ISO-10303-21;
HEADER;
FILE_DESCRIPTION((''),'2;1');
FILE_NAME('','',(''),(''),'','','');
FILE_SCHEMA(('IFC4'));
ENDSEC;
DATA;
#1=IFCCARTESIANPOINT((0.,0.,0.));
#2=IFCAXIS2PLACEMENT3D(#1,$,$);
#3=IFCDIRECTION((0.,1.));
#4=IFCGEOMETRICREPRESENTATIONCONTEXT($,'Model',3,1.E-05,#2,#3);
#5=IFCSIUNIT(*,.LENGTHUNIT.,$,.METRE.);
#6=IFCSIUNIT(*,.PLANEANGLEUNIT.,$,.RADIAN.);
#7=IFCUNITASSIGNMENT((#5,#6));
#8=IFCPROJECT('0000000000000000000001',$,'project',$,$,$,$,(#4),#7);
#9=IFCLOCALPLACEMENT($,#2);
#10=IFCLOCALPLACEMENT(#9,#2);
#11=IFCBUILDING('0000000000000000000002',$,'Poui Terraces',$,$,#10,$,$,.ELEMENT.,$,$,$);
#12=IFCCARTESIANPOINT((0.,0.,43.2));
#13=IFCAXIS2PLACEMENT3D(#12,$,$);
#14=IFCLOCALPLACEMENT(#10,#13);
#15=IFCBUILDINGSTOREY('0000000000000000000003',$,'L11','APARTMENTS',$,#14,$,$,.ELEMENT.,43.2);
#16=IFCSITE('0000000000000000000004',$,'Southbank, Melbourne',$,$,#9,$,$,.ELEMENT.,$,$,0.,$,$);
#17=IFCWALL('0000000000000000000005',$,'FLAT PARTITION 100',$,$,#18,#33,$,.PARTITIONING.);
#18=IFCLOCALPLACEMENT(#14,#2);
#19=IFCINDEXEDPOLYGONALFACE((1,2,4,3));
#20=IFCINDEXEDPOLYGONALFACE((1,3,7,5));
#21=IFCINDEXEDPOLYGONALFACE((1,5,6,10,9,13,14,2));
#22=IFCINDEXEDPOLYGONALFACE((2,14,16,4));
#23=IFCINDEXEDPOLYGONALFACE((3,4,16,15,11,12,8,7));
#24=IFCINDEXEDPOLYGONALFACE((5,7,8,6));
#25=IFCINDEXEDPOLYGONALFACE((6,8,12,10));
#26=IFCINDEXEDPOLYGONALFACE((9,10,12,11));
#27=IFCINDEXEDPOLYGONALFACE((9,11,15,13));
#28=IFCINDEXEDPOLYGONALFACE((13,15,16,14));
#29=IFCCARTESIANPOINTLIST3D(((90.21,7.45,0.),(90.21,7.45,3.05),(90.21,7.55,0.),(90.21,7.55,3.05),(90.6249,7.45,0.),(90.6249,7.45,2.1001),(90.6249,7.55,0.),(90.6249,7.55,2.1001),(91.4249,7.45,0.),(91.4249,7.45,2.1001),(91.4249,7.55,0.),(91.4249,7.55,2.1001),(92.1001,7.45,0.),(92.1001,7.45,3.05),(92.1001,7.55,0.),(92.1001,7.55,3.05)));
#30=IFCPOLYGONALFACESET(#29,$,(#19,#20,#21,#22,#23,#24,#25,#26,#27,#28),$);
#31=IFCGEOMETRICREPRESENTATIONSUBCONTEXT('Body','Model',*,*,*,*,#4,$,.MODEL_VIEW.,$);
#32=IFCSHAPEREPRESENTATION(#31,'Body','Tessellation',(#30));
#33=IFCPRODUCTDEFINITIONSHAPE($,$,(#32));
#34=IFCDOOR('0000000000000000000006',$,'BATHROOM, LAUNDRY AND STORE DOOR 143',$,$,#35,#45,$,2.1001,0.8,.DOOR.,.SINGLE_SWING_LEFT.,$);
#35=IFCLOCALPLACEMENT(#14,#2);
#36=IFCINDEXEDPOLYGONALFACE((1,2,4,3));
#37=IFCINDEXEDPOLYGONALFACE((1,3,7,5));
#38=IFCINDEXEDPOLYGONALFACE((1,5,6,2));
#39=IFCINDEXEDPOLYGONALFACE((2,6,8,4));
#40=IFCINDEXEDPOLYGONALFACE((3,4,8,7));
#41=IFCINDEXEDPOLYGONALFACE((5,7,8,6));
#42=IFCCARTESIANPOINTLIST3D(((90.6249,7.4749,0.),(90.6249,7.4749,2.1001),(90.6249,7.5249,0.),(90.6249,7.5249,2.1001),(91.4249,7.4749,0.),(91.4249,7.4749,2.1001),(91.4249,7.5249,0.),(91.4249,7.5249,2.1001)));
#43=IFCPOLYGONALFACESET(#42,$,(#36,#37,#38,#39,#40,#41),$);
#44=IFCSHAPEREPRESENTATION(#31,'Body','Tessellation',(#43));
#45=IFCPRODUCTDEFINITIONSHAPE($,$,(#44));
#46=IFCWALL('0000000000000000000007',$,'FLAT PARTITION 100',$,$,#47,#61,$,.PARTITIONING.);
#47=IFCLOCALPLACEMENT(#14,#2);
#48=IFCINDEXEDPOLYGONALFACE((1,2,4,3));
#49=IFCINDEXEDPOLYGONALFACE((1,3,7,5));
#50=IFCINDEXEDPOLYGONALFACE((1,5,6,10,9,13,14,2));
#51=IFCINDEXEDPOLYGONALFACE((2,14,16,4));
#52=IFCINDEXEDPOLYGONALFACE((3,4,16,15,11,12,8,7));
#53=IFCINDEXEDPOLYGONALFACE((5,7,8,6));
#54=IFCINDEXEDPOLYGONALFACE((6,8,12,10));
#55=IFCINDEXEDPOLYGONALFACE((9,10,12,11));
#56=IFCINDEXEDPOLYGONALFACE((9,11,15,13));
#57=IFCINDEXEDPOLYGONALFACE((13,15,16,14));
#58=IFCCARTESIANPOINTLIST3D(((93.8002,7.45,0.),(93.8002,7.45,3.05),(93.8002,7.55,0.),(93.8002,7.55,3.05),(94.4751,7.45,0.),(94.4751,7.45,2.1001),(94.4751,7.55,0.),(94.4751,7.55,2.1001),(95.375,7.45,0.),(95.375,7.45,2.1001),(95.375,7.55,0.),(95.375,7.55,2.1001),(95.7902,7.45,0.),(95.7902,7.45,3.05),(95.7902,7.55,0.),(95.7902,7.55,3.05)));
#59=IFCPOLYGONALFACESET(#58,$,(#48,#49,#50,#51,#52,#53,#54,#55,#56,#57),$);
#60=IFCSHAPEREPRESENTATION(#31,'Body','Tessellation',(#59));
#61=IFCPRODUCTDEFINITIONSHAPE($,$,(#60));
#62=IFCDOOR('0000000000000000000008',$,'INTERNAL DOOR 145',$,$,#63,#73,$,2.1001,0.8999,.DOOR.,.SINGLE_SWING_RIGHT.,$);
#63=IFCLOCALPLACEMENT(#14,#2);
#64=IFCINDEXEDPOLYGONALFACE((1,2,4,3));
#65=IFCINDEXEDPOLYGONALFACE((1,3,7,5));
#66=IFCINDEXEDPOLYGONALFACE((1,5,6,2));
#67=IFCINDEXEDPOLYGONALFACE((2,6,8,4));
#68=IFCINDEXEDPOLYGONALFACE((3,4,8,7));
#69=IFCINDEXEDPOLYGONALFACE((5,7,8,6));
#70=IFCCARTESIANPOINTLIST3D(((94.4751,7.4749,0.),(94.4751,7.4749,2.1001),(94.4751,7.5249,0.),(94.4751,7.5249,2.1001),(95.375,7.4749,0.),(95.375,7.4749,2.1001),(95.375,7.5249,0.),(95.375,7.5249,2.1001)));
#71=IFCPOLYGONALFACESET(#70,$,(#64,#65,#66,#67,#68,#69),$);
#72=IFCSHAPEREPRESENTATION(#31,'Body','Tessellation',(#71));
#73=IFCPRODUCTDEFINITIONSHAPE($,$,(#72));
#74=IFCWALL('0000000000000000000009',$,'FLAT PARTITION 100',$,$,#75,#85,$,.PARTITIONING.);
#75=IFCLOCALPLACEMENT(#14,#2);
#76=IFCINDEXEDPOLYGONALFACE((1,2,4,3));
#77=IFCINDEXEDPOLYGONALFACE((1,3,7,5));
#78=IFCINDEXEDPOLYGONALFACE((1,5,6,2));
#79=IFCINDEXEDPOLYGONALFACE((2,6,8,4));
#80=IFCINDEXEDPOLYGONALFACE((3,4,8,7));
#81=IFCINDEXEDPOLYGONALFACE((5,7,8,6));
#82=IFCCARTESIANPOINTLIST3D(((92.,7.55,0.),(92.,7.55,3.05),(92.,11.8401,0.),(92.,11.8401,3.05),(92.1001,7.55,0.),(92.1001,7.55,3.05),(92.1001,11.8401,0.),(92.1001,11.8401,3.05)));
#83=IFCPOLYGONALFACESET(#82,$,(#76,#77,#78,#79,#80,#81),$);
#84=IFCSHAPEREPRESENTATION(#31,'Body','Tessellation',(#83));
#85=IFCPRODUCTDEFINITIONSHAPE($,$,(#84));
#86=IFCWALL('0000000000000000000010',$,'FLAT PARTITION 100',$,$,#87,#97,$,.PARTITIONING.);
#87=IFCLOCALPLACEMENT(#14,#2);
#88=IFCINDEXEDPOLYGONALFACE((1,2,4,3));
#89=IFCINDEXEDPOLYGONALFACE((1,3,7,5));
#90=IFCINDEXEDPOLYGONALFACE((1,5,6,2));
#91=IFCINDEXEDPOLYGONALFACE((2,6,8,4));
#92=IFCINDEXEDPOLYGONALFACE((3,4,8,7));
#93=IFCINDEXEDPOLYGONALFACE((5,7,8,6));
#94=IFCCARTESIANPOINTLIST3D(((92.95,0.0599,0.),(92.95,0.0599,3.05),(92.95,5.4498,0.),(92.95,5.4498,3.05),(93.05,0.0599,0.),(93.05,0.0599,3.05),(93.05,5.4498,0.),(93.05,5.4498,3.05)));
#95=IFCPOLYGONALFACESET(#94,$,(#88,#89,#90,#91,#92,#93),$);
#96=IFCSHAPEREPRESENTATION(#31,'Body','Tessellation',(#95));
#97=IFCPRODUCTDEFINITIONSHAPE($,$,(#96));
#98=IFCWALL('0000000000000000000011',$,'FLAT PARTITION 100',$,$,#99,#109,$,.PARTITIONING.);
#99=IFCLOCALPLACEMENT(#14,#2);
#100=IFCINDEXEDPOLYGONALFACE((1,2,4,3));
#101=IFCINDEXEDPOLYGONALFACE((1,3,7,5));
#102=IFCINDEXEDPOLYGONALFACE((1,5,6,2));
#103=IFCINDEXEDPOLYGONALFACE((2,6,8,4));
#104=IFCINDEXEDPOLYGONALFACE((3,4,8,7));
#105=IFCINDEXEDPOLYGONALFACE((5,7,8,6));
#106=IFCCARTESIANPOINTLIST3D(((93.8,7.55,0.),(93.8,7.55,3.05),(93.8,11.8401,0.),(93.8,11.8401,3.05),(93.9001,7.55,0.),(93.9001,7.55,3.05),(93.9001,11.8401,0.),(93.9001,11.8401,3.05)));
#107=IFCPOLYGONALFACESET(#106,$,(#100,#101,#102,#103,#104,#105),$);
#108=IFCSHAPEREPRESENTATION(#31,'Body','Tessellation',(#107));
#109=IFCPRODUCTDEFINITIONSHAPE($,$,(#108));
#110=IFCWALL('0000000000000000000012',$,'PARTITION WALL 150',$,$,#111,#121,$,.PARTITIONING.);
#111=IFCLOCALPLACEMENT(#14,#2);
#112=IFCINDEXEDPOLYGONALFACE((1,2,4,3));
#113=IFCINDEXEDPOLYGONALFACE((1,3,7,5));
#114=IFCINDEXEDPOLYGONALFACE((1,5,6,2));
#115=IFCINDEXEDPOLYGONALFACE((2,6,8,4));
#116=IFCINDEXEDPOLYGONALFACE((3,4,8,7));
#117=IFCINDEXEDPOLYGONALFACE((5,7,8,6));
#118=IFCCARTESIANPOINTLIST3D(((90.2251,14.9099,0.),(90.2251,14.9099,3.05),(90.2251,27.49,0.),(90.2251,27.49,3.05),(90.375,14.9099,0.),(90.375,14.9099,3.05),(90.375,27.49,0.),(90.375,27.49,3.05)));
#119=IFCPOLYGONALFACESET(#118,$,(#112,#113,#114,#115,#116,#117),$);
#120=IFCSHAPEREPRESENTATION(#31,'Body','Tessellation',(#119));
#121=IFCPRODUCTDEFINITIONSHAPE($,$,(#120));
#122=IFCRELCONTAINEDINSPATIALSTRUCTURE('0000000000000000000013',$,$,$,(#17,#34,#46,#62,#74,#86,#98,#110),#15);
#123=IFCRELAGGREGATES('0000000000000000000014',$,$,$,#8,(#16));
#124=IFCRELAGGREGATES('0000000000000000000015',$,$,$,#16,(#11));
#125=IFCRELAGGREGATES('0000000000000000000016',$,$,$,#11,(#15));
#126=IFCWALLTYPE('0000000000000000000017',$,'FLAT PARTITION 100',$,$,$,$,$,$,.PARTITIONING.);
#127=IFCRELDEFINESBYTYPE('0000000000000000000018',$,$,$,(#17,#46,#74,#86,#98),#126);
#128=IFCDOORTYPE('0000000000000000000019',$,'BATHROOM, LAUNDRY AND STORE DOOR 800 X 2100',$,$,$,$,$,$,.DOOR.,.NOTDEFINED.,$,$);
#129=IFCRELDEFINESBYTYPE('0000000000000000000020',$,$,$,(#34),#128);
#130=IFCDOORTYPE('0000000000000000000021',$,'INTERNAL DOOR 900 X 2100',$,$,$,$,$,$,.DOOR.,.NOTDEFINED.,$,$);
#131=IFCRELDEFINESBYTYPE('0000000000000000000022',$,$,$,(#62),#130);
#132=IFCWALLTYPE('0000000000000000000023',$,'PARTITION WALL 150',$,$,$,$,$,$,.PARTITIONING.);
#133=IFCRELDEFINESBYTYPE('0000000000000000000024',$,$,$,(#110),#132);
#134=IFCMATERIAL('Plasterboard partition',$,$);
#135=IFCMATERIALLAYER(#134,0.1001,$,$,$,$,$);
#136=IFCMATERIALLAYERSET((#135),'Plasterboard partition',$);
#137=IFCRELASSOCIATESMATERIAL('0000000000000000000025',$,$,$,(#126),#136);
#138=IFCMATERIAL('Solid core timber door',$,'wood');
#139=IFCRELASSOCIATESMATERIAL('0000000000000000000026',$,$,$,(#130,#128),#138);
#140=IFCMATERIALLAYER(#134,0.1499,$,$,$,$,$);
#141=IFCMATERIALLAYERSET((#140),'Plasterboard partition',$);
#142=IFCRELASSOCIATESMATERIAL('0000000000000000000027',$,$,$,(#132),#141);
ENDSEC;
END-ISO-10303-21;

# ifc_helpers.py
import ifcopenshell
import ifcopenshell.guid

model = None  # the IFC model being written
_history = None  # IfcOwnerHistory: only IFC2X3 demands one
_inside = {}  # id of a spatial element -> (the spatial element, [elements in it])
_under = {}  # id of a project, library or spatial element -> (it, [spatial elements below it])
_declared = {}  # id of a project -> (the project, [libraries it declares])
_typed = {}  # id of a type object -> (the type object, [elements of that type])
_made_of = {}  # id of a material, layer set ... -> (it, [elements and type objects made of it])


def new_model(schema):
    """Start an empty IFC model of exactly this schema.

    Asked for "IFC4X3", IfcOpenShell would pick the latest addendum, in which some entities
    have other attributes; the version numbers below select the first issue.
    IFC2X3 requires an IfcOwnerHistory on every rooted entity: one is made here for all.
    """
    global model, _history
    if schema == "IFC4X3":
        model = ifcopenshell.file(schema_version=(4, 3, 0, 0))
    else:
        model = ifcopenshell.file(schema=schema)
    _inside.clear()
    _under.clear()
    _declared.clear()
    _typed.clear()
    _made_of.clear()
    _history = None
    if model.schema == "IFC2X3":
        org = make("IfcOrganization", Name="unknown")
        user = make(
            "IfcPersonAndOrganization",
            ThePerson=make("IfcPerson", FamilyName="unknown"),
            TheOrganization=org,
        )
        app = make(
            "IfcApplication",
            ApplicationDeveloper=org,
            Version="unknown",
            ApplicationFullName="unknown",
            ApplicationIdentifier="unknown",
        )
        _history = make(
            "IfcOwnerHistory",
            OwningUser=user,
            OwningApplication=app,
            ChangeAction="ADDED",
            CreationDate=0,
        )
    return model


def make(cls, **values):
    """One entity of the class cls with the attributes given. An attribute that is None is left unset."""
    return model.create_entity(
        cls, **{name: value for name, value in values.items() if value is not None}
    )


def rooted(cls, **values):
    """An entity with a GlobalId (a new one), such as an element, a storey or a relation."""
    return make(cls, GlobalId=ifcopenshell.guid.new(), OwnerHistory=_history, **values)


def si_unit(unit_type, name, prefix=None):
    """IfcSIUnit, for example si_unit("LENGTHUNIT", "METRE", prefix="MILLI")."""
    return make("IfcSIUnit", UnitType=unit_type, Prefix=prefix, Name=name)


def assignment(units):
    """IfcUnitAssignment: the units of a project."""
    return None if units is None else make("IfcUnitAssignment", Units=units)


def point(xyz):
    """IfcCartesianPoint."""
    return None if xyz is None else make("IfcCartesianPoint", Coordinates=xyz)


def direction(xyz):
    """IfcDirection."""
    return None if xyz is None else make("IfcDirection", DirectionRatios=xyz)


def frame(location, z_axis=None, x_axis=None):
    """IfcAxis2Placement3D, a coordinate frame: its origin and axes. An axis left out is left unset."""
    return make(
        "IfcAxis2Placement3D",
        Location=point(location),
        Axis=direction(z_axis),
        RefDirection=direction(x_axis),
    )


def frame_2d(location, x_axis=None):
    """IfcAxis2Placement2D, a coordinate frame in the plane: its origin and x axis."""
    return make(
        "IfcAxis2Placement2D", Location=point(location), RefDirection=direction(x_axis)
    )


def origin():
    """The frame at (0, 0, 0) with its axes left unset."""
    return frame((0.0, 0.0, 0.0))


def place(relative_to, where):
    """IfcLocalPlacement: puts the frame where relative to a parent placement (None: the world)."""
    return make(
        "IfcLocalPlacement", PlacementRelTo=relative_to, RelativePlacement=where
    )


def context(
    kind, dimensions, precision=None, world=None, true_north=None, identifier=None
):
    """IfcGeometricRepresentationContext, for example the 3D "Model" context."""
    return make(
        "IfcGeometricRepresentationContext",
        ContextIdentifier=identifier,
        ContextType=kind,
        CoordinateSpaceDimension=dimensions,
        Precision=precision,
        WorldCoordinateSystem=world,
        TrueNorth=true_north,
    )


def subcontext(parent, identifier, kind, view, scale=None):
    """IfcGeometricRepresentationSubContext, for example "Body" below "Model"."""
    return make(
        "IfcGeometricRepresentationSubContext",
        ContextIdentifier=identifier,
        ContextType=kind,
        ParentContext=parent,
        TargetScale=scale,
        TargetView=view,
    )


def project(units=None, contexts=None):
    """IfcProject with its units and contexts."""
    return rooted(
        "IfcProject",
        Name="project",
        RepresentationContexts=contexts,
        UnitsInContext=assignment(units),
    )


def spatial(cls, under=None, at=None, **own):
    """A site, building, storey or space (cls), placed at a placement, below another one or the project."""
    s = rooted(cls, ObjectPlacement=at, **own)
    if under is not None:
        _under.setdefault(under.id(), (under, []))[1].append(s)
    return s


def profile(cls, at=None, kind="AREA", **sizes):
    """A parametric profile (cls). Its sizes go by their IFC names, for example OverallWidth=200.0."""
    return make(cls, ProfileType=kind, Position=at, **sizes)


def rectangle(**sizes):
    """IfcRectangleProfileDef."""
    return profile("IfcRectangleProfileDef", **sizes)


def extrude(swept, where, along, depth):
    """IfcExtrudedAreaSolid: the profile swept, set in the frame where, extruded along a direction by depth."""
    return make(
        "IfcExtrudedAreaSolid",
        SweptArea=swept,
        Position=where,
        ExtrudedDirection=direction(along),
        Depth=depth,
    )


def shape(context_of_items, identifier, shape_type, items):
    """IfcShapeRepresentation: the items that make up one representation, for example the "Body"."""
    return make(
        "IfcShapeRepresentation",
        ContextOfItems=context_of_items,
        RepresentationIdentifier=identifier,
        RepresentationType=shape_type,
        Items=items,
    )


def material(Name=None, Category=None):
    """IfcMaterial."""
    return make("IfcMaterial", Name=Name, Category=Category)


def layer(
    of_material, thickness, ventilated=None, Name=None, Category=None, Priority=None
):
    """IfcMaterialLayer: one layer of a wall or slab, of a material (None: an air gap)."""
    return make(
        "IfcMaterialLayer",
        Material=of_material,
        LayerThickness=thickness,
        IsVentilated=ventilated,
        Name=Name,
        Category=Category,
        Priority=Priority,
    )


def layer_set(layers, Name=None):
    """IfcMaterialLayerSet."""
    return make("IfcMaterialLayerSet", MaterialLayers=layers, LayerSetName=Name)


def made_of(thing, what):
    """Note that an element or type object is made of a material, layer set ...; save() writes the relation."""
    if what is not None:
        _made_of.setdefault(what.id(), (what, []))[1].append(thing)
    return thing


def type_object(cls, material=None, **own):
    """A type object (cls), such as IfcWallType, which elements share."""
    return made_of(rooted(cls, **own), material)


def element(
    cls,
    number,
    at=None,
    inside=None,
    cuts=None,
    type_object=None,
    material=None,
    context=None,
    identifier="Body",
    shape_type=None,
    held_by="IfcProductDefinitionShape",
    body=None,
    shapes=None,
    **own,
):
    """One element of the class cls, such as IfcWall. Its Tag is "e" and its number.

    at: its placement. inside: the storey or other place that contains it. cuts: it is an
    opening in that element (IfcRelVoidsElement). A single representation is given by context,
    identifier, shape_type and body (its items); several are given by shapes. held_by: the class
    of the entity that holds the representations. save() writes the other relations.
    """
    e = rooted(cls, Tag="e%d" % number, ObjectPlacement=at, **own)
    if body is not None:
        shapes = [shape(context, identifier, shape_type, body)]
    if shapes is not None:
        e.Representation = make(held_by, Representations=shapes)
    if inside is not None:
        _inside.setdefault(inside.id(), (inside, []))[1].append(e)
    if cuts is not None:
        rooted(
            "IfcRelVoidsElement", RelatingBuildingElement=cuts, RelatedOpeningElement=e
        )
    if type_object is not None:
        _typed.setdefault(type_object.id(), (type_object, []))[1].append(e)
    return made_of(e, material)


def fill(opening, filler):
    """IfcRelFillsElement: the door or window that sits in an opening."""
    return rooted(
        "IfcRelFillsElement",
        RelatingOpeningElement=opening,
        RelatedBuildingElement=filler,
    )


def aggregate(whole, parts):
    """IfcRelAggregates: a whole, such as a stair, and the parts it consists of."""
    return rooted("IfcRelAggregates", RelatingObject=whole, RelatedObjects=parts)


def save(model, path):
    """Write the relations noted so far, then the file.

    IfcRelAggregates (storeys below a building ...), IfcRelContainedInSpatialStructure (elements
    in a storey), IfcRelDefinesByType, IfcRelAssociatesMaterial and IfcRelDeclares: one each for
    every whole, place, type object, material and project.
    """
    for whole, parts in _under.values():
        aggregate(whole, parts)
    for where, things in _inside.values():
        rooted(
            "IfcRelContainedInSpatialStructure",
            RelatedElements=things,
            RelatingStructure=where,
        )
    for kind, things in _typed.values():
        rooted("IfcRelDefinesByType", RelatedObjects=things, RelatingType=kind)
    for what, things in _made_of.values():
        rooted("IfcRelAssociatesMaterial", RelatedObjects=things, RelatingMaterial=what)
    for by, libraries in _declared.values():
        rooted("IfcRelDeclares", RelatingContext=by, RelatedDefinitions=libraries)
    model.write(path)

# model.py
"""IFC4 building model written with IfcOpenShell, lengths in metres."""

from ifc_helpers import new_model, si_unit, direction, frame, frame_2d, origin, place, context, subcontext, project, spatial, rectangle, extrude, material, layer, layer_set, type_object, element, fill, save


model = new_model("IFC4")

# Units and contexts
model_context = context("Model", 3, precision=1e-05, world=origin(), true_north=direction((0.0, 1.0)))
body_context = subcontext(model_context, "Body", "Model", "MODEL_VIEW")
ifc_project = project(units=[si_unit("LENGTHUNIT", "METRE"), si_unit("PLANEANGLEUNIT", "RADIAN")], contexts=[model_context])

# Site, building, storey
site_placement = place(None, origin())
site = spatial("IfcSite", under=ifc_project, at=site_placement, Name="Southbank, Melbourne", CompositionType="ELEMENT", RefElevation=0.0)
building_placement = place(site_placement, origin())
building = spatial("IfcBuilding", under=site, at=building_placement, Name="Poui Terraces", CompositionType="ELEMENT")
storey_placement = place(building_placement, frame((0.0, 0.0, 43.2)))
storey = spatial("IfcBuildingStorey", under=building, at=storey_placement, Name="L11", Description="APARTMENTS", CompositionType="ELEMENT", Elevation=43.2)

# Shared definitions
ifc_material_1 = material(Name="Solid core timber door", Category="wood")

# Walls, openings, doors
ifc_material_2 = material(Name="Plasterboard partition")
ifc_layer_1 = layer(ifc_material_2, 0.1001)
ifc_layer_set_1 = layer_set([ifc_layer_1], Name="Plasterboard partition")
wall_type_1 = type_object("IfcWallType", Name="FLAT PARTITION 100", PredefinedType="PARTITIONING", material=ifc_layer_set_1)
door_type_1 = type_object("IfcDoorType", Name="INTERNAL DOOR 900 X 2100", OperationType="NOTDEFINED", PredefinedType="DOOR", material=ifc_material_1)
wall_1_placement = place(storey_placement, frame((90.21, 7.5, 0.0), z_axis=(0.0, 0.0, 1.0), x_axis=(1.0, 0.0, 0.0)))
wall_1 = element("IfcWall", 1, at=wall_1_placement, inside=storey, type_object=wall_type_1, Name="FLAT PARTITION 100", PredefinedType="PARTITIONING", context=body_context, shape_type="SweptSolid", body=[
    extrude(rectangle(XDim=1.8901, YDim=0.1001, at=frame_2d((0.9451, 0.0))), origin(), (0.0, 0.0, 1.0), 3.05),
])
opening_1_placement = place(wall_1_placement, frame((0.415, 0.0, 0.0)))
opening_1 = element("IfcOpeningElement", 2, at=opening_1_placement, cuts=wall_1, PredefinedType="OPENING", context=body_context, shape_type="SweptSolid", body=[
    extrude(rectangle(XDim=0.8, YDim=2.1001, at=frame_2d((0.3999, 1.05))), frame((0.0, 0.0601, 0.0), z_axis=(0.0, -1.0, 0.0), x_axis=(1.0, 0.0, 0.0)), (0.0, 0.0, 1.0), 0.1201),
])
door_type_2 = type_object("IfcDoorType", Name="BATHROOM, LAUNDRY AND STORE DOOR 800 X 2100", OperationType="NOTDEFINED", PredefinedType="DOOR", material=ifc_material_1)
door_1_placement = place(opening_1_placement, origin())
door_1 = element("IfcDoor", 3, at=door_1_placement, inside=storey, type_object=door_type_2, Name="BATHROOM, LAUNDRY AND STORE DOOR 143", OperationType="SINGLE_SWING_LEFT", OverallHeight=2.1001, OverallWidth=0.8, PredefinedType="DOOR", context=body_context, shape_type="SweptSolid", body=[
    extrude(rectangle(XDim=0.8, YDim=2.1001, at=frame_2d((0.3999, 1.05))), frame((0.0, 0.0249, 0.0), z_axis=(0.0, -1.0, 0.0), x_axis=(1.0, 0.0, 0.0)), (0.0, 0.0, 1.0), 0.05),
])
fill(opening_1, door_1)
wall_2_placement = place(storey_placement, frame((93.8, 7.5, 0.0), z_axis=(0.0, 0.0, 1.0), x_axis=(1.0, 0.0, 0.0)))
wall_2 = element("IfcWall", 4, at=wall_2_placement, inside=storey, type_object=wall_type_1, Name="FLAT PARTITION 100", PredefinedType="PARTITIONING", context=body_context, shape_type="SweptSolid", body=[
    extrude(rectangle(XDim=1.99, YDim=0.1001, at=frame_2d((0.9951, 0.0))), origin(), (0.0, 0.0, 1.0), 3.05),
])
opening_2_placement = place(wall_2_placement, frame((0.675, 0.0, 0.0)))
opening_2 = element("IfcOpeningElement", 5, at=opening_2_placement, cuts=wall_2, PredefinedType="OPENING", context=body_context, shape_type="SweptSolid", body=[
    extrude(rectangle(XDim=0.8999, YDim=2.1001, at=frame_2d((0.45, 1.05))), frame((0.0, 0.0601, 0.0), z_axis=(0.0, -1.0, 0.0), x_axis=(1.0, 0.0, 0.0)), (0.0, 0.0, 1.0), 0.1201),
])
door_2_placement = place(opening_2_placement, origin())
door_2 = element("IfcDoor", 6, at=door_2_placement, inside=storey, type_object=door_type_1, Name="INTERNAL DOOR 145", OperationType="SINGLE_SWING_RIGHT", OverallHeight=2.1001, OverallWidth=0.8999, PredefinedType="DOOR", context=body_context, shape_type="SweptSolid", body=[
    extrude(rectangle(XDim=0.8999, YDim=2.1001, at=frame_2d((0.45, 1.05))), frame((0.0, 0.0249, 0.0), z_axis=(0.0, -1.0, 0.0), x_axis=(1.0, 0.0, 0.0)), (0.0, 0.0, 1.0), 0.05),
])
fill(opening_2, door_2)

# Walls
wall_3_placement = place(storey_placement, frame((92.05, 7.55, 0.0), z_axis=(0.0, 0.0, 1.0), x_axis=(0.0, 1.0, 0.0)))
element("IfcWall", 7, at=wall_3_placement, inside=storey, type_object=wall_type_1, Name="FLAT PARTITION 100", PredefinedType="PARTITIONING", context=body_context, shape_type="SweptSolid", body=[
    extrude(rectangle(XDim=4.29, YDim=0.1001, at=frame_2d((2.145, 0.0))), origin(), (0.0, 0.0, 1.0), 3.05),
])
wall_4_placement = place(storey_placement, frame((93.0, 0.0601, 0.0), z_axis=(0.0, 0.0, 1.0), x_axis=(0.0, 1.0, 0.0)))
element("IfcWall", 8, at=wall_4_placement, inside=storey, type_object=wall_type_1, Name="FLAT PARTITION 100", PredefinedType="PARTITIONING", context=body_context, shape_type="SweptSolid", body=[
    extrude(rectangle(XDim=5.3899, YDim=0.1001, at=frame_2d((2.6948, 0.0))), origin(), (0.0, 0.0, 1.0), 3.05),
])
wall_5_placement = place(storey_placement, frame((93.8501, 7.55, 0.0), z_axis=(0.0, 0.0, 1.0), x_axis=(0.0, 1.0, 0.0)))
element("IfcWall", 9, at=wall_5_placement, inside=storey, type_object=wall_type_1, Name="FLAT PARTITION 100", PredefinedType="PARTITIONING", context=body_context, shape_type="SweptSolid", body=[
    extrude(rectangle(XDim=4.29, YDim=0.1001, at=frame_2d((2.145, 0.0))), origin(), (0.0, 0.0, 1.0), 3.05),
])
ifc_layer_2 = layer(ifc_material_2, 0.1499)
ifc_layer_set_2 = layer_set([ifc_layer_2], Name="Plasterboard partition")
wall_type_2 = type_object("IfcWallType", Name="PARTITION WALL 150", PredefinedType="PARTITIONING", material=ifc_layer_set_2)
wall_6_placement = place(storey_placement, frame((90.3, 14.9099, 0.0), z_axis=(0.0, 0.0, 1.0), x_axis=(0.0, 1.0, 0.0)))
element("IfcWall", 10, at=wall_6_placement, inside=storey, type_object=wall_type_2, Name="PARTITION WALL 150", PredefinedType="PARTITIONING", context=body_context, shape_type="SweptSolid", body=[
    extrude(rectangle(XDim=12.5801, YDim=0.1499, at=frame_2d((6.29, 0.0))), origin(), (0.0, 0.0, 1.0), 3.05),
])

save(model, "model.ifc")
